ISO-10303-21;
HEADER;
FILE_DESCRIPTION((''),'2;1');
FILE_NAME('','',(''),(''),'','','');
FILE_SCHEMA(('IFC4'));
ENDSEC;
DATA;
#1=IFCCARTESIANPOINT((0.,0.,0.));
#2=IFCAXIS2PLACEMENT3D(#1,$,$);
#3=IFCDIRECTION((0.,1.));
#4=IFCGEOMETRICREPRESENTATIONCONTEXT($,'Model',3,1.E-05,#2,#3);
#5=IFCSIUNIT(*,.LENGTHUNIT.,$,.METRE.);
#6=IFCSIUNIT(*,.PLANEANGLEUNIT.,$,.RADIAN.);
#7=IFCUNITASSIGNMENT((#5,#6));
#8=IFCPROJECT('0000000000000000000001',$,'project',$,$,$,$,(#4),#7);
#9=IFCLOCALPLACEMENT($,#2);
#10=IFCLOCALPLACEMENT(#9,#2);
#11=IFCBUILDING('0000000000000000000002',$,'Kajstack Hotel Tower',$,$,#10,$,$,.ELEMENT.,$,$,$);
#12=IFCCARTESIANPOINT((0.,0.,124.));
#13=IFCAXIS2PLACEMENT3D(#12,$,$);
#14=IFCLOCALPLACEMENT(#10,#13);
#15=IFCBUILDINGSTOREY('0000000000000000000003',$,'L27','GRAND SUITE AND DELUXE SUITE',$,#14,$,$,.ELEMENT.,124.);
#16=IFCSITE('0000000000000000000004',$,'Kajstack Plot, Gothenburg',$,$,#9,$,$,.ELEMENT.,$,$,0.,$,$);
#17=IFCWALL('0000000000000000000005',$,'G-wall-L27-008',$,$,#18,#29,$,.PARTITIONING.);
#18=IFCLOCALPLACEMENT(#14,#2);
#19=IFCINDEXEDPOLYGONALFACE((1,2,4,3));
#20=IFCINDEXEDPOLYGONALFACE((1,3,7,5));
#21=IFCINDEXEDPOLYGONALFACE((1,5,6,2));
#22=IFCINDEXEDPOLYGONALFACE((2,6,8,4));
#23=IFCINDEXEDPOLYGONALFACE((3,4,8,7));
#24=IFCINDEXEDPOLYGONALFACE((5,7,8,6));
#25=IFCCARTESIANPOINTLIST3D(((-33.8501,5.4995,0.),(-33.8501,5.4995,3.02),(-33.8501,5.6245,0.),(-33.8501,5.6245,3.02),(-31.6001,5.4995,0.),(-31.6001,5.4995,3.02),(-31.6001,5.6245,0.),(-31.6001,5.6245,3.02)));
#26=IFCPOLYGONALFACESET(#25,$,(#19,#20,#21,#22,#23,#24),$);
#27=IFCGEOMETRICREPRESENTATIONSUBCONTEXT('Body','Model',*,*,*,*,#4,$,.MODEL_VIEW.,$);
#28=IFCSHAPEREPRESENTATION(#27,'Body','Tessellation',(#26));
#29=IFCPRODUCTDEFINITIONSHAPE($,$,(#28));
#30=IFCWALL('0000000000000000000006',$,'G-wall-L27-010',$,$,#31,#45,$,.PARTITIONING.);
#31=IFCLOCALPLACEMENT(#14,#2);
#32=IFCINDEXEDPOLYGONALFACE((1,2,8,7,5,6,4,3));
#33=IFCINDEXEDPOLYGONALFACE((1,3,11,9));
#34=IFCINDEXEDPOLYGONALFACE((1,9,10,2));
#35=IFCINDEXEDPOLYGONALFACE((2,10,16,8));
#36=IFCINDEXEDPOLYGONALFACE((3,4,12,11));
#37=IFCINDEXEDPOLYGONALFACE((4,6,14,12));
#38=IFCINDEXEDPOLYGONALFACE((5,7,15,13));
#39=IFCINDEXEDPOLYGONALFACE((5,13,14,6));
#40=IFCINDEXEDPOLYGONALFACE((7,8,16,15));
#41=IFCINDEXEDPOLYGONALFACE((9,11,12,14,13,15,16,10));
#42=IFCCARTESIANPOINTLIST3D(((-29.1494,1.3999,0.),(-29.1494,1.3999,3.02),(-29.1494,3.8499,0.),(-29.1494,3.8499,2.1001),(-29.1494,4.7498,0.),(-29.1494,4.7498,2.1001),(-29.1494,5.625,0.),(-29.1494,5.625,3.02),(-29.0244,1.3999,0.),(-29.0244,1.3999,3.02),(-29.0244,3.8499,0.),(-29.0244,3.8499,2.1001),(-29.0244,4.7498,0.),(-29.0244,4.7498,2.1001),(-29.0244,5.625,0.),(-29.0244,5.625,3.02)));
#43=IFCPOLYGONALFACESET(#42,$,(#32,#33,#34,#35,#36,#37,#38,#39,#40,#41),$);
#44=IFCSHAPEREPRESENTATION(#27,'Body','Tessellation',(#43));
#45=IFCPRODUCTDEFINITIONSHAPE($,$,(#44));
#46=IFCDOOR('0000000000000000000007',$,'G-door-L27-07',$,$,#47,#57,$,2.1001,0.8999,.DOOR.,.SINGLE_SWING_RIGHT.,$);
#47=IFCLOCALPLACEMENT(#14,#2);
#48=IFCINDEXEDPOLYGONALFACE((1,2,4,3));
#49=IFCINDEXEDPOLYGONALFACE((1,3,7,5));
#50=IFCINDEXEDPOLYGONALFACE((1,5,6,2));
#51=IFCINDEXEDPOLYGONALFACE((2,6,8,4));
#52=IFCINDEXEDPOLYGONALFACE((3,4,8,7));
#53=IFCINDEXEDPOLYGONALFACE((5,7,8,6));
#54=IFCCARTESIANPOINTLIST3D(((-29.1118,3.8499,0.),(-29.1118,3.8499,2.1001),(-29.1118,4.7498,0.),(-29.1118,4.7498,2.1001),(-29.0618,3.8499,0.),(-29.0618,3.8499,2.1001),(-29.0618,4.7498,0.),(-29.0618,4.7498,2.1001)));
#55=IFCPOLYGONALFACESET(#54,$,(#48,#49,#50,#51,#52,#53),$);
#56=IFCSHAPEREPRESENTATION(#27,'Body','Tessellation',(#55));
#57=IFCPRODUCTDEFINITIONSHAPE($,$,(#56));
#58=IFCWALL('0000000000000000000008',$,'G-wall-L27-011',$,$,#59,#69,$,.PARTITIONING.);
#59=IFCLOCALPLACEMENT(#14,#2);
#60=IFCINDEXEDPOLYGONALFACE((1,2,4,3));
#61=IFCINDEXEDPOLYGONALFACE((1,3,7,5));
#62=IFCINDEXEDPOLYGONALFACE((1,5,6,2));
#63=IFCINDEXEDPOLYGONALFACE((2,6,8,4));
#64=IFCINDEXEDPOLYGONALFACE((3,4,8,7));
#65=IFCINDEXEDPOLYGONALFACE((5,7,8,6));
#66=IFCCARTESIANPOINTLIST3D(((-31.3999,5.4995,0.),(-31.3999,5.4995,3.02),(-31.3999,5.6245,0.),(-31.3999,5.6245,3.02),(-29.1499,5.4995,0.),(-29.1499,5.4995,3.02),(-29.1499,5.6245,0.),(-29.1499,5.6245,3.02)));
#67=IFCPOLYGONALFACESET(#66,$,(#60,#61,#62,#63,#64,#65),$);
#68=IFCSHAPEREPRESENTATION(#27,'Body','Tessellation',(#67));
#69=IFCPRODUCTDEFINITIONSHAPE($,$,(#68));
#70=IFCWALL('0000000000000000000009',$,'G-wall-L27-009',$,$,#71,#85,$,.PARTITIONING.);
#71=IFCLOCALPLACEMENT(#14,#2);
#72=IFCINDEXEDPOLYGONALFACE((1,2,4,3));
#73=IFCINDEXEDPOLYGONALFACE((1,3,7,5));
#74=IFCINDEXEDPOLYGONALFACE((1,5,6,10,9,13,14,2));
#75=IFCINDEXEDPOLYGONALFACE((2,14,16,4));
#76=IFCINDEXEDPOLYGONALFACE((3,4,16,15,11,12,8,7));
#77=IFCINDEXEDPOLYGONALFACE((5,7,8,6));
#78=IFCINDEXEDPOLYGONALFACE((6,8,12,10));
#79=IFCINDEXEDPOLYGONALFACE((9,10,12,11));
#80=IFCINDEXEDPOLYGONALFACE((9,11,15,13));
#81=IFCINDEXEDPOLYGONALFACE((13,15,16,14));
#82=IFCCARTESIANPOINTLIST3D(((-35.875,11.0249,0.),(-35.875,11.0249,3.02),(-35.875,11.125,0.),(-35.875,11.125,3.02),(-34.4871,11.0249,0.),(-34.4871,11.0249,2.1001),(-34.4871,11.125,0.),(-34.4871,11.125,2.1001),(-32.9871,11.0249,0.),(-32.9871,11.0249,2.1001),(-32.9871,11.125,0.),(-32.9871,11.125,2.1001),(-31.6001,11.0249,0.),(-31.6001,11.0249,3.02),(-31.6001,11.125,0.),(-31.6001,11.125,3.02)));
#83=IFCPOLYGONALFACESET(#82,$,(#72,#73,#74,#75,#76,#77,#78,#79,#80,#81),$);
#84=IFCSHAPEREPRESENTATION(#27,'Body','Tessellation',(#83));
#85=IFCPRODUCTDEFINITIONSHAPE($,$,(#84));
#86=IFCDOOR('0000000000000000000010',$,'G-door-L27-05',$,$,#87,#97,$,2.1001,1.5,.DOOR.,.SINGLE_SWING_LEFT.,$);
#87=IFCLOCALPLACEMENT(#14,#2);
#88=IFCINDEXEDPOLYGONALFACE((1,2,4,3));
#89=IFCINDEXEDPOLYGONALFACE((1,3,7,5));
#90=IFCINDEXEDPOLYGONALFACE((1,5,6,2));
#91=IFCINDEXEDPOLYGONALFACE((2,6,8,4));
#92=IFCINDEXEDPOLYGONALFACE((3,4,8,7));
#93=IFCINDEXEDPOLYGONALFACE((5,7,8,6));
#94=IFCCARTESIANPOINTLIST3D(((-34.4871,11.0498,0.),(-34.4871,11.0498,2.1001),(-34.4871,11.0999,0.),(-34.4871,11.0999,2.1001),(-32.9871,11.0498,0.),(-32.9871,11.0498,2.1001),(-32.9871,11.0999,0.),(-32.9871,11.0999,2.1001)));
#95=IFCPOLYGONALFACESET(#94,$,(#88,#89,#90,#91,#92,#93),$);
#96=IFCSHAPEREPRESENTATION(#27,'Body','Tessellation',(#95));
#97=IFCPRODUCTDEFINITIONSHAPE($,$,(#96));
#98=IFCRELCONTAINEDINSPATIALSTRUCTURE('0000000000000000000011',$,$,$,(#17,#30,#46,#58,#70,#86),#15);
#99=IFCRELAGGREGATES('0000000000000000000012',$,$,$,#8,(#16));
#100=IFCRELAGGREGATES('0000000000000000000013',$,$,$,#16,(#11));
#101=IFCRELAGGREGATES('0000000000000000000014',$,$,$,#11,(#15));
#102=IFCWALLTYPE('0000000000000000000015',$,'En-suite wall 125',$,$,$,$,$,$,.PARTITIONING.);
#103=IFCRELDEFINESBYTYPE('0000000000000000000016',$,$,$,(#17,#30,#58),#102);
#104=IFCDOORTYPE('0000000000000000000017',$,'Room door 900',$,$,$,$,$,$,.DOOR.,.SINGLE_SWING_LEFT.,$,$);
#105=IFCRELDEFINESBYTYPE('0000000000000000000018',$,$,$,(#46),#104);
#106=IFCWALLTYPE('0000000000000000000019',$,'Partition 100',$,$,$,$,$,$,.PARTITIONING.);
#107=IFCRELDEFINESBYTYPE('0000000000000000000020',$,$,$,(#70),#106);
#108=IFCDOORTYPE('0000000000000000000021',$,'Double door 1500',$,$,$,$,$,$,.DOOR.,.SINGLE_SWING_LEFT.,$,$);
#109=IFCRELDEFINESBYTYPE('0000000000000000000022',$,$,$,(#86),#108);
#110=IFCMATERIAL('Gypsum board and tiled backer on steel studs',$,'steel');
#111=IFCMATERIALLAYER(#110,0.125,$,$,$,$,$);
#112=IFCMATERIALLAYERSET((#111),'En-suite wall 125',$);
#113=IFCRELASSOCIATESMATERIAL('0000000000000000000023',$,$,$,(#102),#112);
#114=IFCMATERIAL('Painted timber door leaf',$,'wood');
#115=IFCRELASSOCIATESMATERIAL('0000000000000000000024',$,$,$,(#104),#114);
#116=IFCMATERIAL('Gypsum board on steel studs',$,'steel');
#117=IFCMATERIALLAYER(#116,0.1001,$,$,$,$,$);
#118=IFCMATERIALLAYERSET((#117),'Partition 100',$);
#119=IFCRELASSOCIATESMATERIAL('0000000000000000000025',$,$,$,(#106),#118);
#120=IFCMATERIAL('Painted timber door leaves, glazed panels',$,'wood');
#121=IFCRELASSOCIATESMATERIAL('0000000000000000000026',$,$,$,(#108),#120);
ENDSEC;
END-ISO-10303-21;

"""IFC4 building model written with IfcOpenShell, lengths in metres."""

from ifc_helpers import new_model, si_unit, direction, frame, frame_2d, origin, place, context, subcontext, project, spatial, rectangle, extrude, material, layer, layer_set, type_object, element, fill, save


model = new_model("IFC4")

# Units and contexts
model_context = context("Model", 3, precision=1e-05, world=origin(), true_north=direction((0.0, 1.0)))
body_context = subcontext(model_context, "Body", "Model", "MODEL_VIEW")
ifc_project = project(units=[si_unit("LENGTHUNIT", "METRE"), si_unit("PLANEANGLEUNIT", "RADIAN")], contexts=[model_context])

# Site, building, storey
site_placement = place(None, origin())
site = spatial("IfcSite", under=ifc_project, at=site_placement, Name="Kajstack Plot, Gothenburg", CompositionType="ELEMENT", RefElevation=0.0)
building_placement = place(site_placement, origin())
building = spatial("IfcBuilding", under=site, at=building_placement, Name="Kajstack Hotel Tower", CompositionType="ELEMENT")
storey_placement = place(building_placement, frame((0.0, 0.0, 124.0)))
storey = spatial("IfcBuildingStorey", under=building, at=storey_placement, Name="L27", Description="GRAND SUITE AND DELUXE SUITE", CompositionType="ELEMENT", Elevation=124.0)

# Wall
ifc_material_1 = material(Name="Gypsum board and tiled backer on steel studs", Category="steel")
ifc_layer_1 = layer(ifc_material_1, 0.125)
ifc_layer_set_1 = layer_set([ifc_layer_1], Name="En-suite wall 125")
wall_type_1 = type_object("IfcWallType", Name="En-suite wall 125", PredefinedType="PARTITIONING", material=ifc_layer_set_1)
wall_1_placement = place(storey_placement, frame((-33.8501, 5.562, 0.0), z_axis=(0.0, 0.0, 1.0), x_axis=(1.0, 0.0, 0.0)))
element("IfcWall", 1, at=wall_1_placement, inside=storey, type_object=wall_type_1, Name="G-wall-L27-008", PredefinedType="PARTITIONING", context=body_context, shape_type="SweptSolid", body=[
    extrude(rectangle(XDim=2.25, YDim=0.125, at=frame_2d((1.125, 0.0))), origin(), (0.0, 0.0, 1.0), 3.02),
])

# Wall, opening, door
wall_2_placement = place(storey_placement, frame((-29.0869, 1.3999, 0.0), z_axis=(0.0, 0.0, 1.0), x_axis=(0.0, 1.0, 0.0)))
wall_2 = element("IfcWall", 2, at=wall_2_placement, inside=storey, type_object=wall_type_1, Name="G-wall-L27-010", PredefinedType="PARTITIONING", context=body_context, shape_type="SweptSolid", body=[
    extrude(rectangle(XDim=4.2251, YDim=0.125, at=frame_2d((2.1125, 0.0))), origin(), (0.0, 0.0, 1.0), 3.02),
])
opening_1_placement = place(wall_2_placement, frame((2.45, 0.0, 0.0)))
opening_1 = element("IfcOpeningElement", 3, at=opening_1_placement, cuts=wall_2, PredefinedType="OPENING", context=body_context, shape_type="SweptSolid", body=[
    extrude(rectangle(XDim=0.8999, YDim=2.1001, at=frame_2d((0.45, 1.05))), frame((0.0, 0.0725, 0.0), z_axis=(0.0, -1.0, 0.0), x_axis=(1.0, 0.0, 0.0)), (0.0, 0.0, 1.0), 0.145),
])
ifc_material_2 = material(Name="Painted timber door leaf", Category="wood")
door_type_1 = type_object("IfcDoorType", Name="Room door 900", OperationType="SINGLE_SWING_LEFT", PredefinedType="DOOR", material=ifc_material_2)
door_1_placement = place(opening_1_placement, origin())
door_1 = element("IfcDoor", 4, at=door_1_placement, inside=storey, type_object=door_type_1, Name="G-door-L27-07", OperationType="SINGLE_SWING_RIGHT", OverallHeight=2.1001, OverallWidth=0.8999, PredefinedType="DOOR", context=body_context, shape_type="SweptSolid", body=[
    extrude(rectangle(XDim=0.8999, YDim=2.1001, at=frame_2d((0.45, 1.05))), frame((0.0, 0.0249, 0.0), z_axis=(0.0, -1.0, 0.0), x_axis=(1.0, 0.0, 0.0)), (0.0, 0.0, 1.0), 0.05),
])
fill(opening_1, door_1)

# Wall
wall_3_placement = place(storey_placement, frame((-31.3999, 5.562, 0.0), z_axis=(0.0, 0.0, 1.0), x_axis=(1.0, 0.0, 0.0)))
element("IfcWall", 5, at=wall_3_placement, inside=storey, type_object=wall_type_1, Name="G-wall-L27-011", PredefinedType="PARTITIONING", context=body_context, shape_type="SweptSolid", body=[
    extrude(rectangle(XDim=2.25, YDim=0.125, at=frame_2d((1.125, 0.0))), origin(), (0.0, 0.0, 1.0), 3.02),
])

# Wall, opening, door
ifc_material_3 = material(Name="Gypsum board on steel studs", Category="steel")
ifc_layer_2 = layer(ifc_material_3, 0.1001)
ifc_layer_set_2 = layer_set([ifc_layer_2], Name="Partition 100")
wall_type_2 = type_object("IfcWallType", Name="Partition 100", PredefinedType="PARTITIONING", material=ifc_layer_set_2)
wall_4_placement = place(storey_placement, frame((-35.875, 11.075, 0.0), z_axis=(0.0, 0.0, 1.0), x_axis=(1.0, 0.0, 0.0)))
wall_4 = element("IfcWall", 6, at=wall_4_placement, inside=storey, type_object=wall_type_2, Name="G-wall-L27-009", PredefinedType="PARTITIONING", context=body_context, shape_type="SweptSolid", body=[
    extrude(rectangle(XDim=4.2749, YDim=0.1001, at=frame_2d((2.1375, 0.0))), origin(), (0.0, 0.0, 1.0), 3.02),
])
opening_2_placement = place(wall_4_placement, frame((1.3879, 0.0, 0.0)))
opening_2 = element("IfcOpeningElement", 7, at=opening_2_placement, cuts=wall_4, PredefinedType="OPENING", context=body_context, shape_type="SweptSolid", body=[
    extrude(rectangle(XDim=1.5, YDim=2.1001, at=frame_2d((0.75, 1.05))), frame((0.0, 0.0601, 0.0), z_axis=(0.0, -1.0, 0.0), x_axis=(1.0, 0.0, 0.0)), (0.0, 0.0, 1.0), 0.1201),
])
ifc_material_4 = material(Name="Painted timber door leaves, glazed panels", Category="wood")
door_type_2 = type_object("IfcDoorType", Name="Double door 1500", OperationType="SINGLE_SWING_LEFT", PredefinedType="DOOR", material=ifc_material_4)
door_2_placement = place(opening_2_placement, origin())
door_2 = element("IfcDoor", 8, at=door_2_placement, inside=storey, type_object=door_type_2, Name="G-door-L27-05", OperationType="SINGLE_SWING_LEFT", OverallHeight=2.1001, OverallWidth=1.5, PredefinedType="DOOR", context=body_context, shape_type="SweptSolid", body=[
    extrude(rectangle(XDim=1.5, YDim=2.1001, at=frame_2d((0.75, 1.05))), frame((0.0, 0.0249, 0.0), z_axis=(0.0, -1.0, 0.0), x_axis=(1.0, 0.0, 0.0)), (0.0, 0.0, 1.0), 0.05),
])
fill(opening_2, door_2)

save(model, "model.ifc")
